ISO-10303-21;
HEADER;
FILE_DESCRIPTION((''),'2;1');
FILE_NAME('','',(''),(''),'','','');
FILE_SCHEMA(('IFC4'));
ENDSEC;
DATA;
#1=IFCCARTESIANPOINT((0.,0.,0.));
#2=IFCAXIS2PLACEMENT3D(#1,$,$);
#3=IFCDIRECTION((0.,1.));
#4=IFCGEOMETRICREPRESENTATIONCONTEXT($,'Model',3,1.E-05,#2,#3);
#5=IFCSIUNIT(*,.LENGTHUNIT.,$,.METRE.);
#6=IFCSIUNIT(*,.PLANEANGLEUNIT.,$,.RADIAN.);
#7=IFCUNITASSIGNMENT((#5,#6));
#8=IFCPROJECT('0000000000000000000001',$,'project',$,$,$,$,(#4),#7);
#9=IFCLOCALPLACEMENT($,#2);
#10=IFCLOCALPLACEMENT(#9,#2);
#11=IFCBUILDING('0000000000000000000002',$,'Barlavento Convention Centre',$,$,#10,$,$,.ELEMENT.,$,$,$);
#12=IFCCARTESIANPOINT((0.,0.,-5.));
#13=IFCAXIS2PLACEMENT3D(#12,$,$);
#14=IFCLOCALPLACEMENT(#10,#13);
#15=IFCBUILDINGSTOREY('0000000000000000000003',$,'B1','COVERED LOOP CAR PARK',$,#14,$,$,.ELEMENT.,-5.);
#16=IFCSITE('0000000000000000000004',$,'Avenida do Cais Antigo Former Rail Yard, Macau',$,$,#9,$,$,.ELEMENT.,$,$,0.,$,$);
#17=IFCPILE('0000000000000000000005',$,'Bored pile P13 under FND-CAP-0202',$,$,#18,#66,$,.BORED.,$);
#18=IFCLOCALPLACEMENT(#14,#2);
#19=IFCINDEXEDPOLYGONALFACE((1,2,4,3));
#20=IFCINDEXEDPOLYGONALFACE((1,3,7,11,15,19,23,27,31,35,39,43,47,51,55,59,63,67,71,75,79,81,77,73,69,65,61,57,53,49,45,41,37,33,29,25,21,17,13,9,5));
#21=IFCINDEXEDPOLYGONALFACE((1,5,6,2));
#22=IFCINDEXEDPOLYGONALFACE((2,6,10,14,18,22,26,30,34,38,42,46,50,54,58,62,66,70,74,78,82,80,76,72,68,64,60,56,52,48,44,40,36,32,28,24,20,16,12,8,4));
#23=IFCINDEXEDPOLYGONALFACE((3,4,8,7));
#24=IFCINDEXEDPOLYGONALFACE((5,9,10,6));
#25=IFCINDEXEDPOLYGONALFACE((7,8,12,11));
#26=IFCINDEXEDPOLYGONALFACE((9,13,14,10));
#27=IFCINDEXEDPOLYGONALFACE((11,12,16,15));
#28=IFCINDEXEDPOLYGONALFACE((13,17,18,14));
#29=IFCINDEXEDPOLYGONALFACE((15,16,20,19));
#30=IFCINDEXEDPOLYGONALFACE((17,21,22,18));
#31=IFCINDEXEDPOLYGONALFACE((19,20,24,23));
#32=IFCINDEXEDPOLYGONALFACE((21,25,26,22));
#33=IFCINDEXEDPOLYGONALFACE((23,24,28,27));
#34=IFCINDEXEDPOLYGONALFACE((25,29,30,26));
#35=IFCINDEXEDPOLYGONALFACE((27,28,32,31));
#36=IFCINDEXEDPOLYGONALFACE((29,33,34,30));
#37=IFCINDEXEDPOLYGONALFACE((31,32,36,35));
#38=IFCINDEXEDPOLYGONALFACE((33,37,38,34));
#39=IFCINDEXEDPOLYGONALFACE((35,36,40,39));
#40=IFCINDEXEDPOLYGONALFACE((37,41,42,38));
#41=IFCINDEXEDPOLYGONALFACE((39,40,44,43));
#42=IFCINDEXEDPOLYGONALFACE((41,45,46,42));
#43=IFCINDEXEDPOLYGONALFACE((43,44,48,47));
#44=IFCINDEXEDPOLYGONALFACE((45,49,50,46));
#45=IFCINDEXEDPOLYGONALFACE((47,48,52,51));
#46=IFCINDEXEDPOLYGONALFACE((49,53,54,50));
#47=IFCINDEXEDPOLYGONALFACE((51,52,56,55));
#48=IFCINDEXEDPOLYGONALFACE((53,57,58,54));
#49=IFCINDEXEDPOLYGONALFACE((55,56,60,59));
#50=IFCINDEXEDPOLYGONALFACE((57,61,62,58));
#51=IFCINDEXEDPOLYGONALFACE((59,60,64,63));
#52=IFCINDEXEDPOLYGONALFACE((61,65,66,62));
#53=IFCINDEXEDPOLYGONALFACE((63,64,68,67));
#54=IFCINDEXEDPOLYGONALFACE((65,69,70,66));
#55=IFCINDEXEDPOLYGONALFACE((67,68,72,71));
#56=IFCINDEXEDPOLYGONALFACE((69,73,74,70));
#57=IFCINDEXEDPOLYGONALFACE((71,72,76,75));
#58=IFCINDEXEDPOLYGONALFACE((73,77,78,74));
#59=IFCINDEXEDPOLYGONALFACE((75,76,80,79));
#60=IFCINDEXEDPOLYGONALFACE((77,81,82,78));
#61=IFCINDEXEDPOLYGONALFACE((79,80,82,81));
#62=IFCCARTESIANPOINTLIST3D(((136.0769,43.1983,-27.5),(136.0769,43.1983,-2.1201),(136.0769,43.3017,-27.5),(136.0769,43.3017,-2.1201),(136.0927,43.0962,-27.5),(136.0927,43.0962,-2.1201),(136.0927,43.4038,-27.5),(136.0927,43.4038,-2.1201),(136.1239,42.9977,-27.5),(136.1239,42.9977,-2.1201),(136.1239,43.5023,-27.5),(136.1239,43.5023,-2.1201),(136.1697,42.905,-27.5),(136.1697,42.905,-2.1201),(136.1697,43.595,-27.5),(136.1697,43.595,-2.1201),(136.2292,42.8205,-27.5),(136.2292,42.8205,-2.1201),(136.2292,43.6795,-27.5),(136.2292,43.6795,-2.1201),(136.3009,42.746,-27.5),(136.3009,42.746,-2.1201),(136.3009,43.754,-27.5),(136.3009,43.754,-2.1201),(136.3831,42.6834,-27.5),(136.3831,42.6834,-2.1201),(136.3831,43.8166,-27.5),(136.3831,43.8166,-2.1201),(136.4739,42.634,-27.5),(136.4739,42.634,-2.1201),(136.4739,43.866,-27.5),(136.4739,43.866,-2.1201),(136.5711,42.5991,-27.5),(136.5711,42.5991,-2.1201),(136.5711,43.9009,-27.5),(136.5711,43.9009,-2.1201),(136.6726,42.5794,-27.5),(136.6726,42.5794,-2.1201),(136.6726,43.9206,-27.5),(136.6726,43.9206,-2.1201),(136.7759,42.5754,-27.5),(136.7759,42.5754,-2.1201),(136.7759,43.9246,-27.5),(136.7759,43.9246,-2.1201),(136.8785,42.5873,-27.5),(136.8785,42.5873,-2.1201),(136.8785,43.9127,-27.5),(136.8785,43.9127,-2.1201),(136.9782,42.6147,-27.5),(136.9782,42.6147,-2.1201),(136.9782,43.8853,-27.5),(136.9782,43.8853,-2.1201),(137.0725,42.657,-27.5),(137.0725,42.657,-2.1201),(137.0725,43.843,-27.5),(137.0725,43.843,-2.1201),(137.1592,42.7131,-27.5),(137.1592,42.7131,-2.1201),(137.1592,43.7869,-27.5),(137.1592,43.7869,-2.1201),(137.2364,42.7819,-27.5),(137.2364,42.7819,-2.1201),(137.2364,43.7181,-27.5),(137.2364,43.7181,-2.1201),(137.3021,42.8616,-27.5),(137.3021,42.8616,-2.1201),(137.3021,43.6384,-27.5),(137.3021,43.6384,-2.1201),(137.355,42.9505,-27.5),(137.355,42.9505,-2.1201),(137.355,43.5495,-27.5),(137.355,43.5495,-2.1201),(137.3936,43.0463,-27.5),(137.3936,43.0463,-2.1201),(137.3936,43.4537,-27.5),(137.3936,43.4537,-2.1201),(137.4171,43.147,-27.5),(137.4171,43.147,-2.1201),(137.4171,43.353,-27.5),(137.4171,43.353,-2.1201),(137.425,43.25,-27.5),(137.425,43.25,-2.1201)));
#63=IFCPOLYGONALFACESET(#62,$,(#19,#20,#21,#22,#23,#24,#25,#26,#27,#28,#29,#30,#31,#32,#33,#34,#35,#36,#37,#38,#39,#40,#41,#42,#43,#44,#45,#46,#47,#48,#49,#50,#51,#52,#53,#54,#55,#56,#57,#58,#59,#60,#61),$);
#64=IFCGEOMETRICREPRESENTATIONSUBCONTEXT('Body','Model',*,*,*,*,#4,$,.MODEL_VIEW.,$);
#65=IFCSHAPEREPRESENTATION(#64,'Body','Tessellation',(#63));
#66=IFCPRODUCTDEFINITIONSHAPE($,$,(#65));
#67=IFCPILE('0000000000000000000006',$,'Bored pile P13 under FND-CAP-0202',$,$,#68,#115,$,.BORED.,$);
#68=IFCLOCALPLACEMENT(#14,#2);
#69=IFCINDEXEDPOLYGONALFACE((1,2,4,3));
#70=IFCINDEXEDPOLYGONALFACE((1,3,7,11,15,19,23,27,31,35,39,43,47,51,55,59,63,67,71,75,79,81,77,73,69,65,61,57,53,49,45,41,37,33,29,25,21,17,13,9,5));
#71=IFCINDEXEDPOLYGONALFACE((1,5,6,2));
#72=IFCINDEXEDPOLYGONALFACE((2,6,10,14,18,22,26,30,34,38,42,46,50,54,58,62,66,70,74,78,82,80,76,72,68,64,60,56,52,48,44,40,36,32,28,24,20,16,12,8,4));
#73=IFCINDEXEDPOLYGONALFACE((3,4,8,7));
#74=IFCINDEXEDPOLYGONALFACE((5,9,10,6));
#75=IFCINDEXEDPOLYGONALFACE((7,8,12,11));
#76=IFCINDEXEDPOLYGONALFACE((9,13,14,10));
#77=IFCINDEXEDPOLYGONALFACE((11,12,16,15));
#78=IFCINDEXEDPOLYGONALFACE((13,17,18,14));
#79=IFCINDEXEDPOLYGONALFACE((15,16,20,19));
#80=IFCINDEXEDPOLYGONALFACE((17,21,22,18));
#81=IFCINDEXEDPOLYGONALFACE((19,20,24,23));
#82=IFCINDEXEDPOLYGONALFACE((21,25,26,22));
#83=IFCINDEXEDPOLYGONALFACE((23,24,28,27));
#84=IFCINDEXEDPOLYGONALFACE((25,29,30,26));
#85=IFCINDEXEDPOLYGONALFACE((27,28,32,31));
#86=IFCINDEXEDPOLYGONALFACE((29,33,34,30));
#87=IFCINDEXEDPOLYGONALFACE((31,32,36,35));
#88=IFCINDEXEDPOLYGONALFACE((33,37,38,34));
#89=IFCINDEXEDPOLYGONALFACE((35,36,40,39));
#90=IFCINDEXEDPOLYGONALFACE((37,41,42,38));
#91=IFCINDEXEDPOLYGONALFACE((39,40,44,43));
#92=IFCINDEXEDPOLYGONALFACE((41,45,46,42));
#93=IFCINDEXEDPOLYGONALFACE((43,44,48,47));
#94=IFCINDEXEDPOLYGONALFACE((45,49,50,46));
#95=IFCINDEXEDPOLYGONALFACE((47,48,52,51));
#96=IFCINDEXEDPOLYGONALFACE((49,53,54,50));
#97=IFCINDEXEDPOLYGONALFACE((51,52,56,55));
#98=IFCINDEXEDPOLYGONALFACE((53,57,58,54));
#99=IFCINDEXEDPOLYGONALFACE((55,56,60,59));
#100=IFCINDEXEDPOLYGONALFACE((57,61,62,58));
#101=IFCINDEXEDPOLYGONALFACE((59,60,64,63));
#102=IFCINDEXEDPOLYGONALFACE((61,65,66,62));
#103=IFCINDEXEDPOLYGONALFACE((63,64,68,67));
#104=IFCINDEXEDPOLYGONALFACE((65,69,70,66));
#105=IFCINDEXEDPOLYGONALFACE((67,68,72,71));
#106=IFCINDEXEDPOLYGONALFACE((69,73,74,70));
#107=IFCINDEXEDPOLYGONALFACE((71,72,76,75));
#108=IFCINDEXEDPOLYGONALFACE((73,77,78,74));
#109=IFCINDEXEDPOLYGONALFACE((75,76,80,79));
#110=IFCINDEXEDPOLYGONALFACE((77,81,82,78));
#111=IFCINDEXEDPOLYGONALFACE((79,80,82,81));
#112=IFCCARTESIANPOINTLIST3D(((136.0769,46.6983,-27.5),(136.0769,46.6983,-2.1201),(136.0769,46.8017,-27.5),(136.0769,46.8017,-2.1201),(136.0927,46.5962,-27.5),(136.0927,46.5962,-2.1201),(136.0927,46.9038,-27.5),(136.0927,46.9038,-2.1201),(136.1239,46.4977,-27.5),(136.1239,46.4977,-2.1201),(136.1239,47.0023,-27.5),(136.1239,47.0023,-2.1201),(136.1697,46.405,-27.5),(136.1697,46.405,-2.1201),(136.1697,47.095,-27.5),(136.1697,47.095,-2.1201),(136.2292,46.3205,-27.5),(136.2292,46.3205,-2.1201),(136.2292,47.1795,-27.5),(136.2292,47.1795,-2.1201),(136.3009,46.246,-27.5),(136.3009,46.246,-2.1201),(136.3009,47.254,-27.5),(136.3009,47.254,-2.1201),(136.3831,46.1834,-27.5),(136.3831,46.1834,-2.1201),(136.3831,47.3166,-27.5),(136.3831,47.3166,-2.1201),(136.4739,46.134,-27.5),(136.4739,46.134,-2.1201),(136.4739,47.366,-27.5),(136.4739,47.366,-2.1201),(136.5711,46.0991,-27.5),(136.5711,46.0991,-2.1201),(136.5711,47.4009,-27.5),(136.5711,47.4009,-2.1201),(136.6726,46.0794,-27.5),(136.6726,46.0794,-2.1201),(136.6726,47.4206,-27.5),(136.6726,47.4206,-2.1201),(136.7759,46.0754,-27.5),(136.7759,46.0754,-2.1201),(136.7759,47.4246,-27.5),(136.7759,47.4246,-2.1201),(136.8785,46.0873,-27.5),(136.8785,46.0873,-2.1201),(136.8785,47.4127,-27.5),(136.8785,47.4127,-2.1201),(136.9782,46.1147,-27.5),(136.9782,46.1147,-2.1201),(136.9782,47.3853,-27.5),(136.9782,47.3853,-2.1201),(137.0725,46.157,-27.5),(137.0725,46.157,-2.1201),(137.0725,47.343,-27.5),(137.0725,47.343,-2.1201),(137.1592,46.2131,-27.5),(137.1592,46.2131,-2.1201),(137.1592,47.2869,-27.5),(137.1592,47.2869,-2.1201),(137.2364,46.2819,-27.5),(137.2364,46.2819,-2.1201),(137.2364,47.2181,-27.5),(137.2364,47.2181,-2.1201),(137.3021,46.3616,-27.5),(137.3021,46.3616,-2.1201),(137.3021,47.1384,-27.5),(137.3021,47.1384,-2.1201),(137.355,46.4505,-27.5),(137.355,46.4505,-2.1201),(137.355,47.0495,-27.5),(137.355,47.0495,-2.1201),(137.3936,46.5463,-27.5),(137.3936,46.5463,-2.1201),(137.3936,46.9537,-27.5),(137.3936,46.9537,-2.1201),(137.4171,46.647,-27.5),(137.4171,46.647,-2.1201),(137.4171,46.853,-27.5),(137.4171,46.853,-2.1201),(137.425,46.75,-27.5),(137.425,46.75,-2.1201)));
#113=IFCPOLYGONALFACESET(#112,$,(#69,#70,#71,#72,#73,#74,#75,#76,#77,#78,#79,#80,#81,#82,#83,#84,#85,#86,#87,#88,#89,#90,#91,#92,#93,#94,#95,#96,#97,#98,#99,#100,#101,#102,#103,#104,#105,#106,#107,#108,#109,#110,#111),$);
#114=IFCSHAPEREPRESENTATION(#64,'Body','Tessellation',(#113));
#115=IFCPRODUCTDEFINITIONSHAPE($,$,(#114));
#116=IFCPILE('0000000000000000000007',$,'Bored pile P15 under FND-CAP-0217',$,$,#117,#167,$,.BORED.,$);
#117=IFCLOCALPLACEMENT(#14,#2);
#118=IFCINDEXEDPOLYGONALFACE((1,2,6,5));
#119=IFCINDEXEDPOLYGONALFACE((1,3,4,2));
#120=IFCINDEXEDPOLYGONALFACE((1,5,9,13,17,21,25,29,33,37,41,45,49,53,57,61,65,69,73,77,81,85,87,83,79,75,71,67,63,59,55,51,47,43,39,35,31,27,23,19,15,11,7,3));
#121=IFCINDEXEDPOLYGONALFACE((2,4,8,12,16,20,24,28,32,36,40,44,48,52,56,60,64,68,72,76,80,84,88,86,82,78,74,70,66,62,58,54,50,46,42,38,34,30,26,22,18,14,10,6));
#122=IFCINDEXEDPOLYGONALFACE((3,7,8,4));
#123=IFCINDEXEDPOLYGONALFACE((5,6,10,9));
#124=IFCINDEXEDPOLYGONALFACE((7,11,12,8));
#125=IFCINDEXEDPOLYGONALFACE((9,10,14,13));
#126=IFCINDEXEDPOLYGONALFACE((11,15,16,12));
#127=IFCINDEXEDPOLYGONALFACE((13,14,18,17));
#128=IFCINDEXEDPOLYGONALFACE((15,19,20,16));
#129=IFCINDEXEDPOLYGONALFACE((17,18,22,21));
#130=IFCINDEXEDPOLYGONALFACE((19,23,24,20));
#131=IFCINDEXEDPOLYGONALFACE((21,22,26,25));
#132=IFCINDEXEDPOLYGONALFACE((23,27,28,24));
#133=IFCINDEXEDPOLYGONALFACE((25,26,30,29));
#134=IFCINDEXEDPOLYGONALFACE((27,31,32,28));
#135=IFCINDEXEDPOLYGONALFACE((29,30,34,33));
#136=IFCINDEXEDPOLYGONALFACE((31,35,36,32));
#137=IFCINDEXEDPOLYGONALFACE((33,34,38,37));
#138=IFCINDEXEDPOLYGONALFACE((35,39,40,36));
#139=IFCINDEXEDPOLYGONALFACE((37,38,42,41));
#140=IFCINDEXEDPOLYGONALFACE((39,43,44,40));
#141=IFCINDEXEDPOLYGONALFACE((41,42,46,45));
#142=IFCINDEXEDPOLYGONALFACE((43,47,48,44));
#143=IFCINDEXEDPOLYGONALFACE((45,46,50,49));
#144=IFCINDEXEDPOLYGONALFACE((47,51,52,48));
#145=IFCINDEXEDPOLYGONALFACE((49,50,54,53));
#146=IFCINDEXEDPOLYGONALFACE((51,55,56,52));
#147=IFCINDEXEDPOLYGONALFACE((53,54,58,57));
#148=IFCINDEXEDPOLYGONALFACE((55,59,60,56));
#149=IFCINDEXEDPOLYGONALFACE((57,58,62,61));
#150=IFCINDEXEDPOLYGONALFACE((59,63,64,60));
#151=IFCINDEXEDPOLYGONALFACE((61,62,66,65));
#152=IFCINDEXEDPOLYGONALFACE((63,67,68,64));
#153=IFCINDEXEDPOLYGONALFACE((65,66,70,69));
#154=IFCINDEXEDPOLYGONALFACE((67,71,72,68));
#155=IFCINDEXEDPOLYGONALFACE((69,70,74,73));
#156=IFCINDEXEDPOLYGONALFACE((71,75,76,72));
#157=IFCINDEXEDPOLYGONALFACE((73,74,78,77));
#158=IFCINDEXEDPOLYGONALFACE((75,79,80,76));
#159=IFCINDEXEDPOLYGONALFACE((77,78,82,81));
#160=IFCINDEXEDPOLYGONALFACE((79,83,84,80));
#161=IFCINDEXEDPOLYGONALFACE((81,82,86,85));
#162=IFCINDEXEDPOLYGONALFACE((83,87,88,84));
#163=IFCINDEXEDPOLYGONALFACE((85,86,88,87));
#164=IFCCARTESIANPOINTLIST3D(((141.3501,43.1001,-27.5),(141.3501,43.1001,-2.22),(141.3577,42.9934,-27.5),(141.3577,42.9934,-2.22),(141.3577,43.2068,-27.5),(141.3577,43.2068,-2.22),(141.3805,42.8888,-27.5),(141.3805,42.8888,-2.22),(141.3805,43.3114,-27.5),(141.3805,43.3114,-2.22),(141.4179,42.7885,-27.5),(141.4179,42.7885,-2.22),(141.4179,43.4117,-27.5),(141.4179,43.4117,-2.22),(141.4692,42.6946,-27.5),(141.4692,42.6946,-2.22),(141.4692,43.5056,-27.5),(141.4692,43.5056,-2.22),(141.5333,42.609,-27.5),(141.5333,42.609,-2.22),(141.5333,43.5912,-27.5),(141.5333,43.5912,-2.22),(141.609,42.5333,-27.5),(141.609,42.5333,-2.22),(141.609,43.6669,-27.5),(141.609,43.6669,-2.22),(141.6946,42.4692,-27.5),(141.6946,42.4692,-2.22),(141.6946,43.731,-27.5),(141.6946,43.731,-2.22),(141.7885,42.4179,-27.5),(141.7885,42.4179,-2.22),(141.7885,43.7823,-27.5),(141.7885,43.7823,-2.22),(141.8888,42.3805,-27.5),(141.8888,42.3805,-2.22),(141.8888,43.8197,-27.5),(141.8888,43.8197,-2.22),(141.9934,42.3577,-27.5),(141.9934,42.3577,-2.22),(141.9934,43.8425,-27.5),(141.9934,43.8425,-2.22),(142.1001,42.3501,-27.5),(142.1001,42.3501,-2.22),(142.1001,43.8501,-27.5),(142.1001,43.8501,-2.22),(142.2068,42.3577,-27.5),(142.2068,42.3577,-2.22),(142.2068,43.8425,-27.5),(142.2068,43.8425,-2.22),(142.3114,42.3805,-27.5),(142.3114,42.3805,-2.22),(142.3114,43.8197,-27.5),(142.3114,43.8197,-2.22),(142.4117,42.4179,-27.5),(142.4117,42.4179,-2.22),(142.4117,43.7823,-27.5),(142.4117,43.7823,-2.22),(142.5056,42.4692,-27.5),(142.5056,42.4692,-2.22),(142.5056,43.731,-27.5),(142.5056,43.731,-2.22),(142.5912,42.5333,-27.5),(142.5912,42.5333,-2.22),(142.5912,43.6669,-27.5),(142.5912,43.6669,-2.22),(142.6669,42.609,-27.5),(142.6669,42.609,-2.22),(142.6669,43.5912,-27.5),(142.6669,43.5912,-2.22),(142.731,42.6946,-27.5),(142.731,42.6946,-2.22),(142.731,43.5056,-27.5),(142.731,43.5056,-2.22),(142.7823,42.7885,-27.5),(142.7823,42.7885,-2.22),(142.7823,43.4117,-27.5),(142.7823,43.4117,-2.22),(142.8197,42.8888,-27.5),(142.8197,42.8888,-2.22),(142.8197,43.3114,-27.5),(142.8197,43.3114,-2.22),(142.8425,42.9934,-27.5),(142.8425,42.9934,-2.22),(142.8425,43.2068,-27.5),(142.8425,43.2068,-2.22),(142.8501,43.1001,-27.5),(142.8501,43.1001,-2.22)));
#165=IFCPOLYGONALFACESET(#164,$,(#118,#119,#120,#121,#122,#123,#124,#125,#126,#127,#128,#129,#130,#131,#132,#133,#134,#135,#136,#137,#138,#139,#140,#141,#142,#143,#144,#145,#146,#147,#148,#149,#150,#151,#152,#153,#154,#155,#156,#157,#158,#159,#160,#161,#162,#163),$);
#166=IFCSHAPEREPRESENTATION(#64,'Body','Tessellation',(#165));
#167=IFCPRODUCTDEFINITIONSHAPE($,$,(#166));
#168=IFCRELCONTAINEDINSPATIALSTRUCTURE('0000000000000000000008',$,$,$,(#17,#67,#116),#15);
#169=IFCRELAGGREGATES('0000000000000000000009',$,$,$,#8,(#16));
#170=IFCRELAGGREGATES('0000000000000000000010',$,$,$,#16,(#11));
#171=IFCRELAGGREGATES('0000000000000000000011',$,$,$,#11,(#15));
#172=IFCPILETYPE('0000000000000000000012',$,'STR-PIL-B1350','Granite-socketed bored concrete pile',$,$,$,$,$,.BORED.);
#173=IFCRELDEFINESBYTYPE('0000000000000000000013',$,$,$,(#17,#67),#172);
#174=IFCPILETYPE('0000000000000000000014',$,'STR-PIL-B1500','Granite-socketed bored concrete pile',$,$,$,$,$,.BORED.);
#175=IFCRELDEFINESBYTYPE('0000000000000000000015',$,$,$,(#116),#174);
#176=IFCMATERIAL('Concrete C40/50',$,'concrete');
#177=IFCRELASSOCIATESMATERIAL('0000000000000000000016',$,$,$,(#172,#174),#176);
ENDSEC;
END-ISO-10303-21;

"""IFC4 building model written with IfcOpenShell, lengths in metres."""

from ifc_helpers import new_model, si_unit, direction, frame, origin, origin_2d, place, context, subcontext, project, spatial, circle, extrude, material, material_profile, profile_set, type_object, element, save


model = new_model("IFC4")

# Units and contexts
model_context = context("Model", 3, precision=1e-05, world=origin(), true_north=direction((0.0, 1.0)))
body_context = subcontext(model_context, "Body", "Model", "MODEL_VIEW")
ifc_project = project(units=[si_unit("LENGTHUNIT", "METRE"), si_unit("PLANEANGLEUNIT", "RADIAN")], contexts=[model_context])

# Site, building, storey
site_placement = place(None, origin())
site = spatial("IfcSite", under=ifc_project, at=site_placement, Name="Avenida do Cais Antigo Former Rail Yard, Macau", CompositionType="ELEMENT", RefElevation=0.0)
building_placement = place(site_placement, origin())
building = spatial("IfcBuilding", under=site, at=building_placement, Name="Barlavento Convention Centre", CompositionType="ELEMENT")
storey_placement = place(building_placement, frame((0.0, 0.0, -5.0)))
storey = spatial("IfcBuildingStorey", under=building, at=storey_placement, Name="B1", Description="COVERED LOOP CAR PARK", CompositionType="ELEMENT", Elevation=-5.0)

# Shared definitions
ifc_material_1 = material(Name="Concrete C40/50", Category="concrete")

# Piles
ifc_material_profile_1 = material_profile(ifc_material_1, circle(Radius=0.675, at=origin_2d()), Name="BORED PILE 1350")
ifc_profile_set_1 = profile_set([ifc_material_profile_1], Name="Concrete C40/50")
pile_type_1 = type_object("IfcPileType", Name="STR-PIL-B1350", Description="Granite-socketed bored concrete pile", PredefinedType="BORED", material=ifc_profile_set_1)
for number, where, z_axis, x_axis, name in (
    (1, (136.75, 43.25, -2.1201), (0.0, 0.0, -1.0), (1.0, 0.0, 0.0), "Bored pile P13 under FND-CAP-0202"),
    (2, (136.75, 46.75, -2.1201), (0.0, 0.0, -1.0), (1.0, 0.0, 0.0), "Bored pile P13 under FND-CAP-0202"),
):
    element("IfcPile", number, at=place(storey_placement, frame(where, z_axis=z_axis, x_axis=x_axis)), inside=storey, type_object=pile_type_1, Name=name, PredefinedType="BORED", context=body_context, shape_type="SweptSolid", body=[
        extrude(circle(Radius=0.675, at=origin_2d()), origin(), (0.0, 0.0, 1.0), 25.3799),
    ])
ifc_material_profile_2 = material_profile(ifc_material_1, circle(Radius=0.75, at=origin_2d()), Name="BORED PILE 1500")
ifc_profile_set_2 = profile_set([ifc_material_profile_2], Name="Concrete C40/50")
pile_type_2 = type_object("IfcPileType", Name="STR-PIL-B1500", Description="Granite-socketed bored concrete pile", PredefinedType="BORED", material=ifc_profile_set_2)
for number, where, z_axis, x_axis, name in (
    (3, (142.1001, 43.1001, -2.22), (0.0, 0.0, -1.0), (1.0, 0.0, 0.0), "Bored pile P15 under FND-CAP-0217"),
):
    element("IfcPile", number, at=place(storey_placement, frame(where, z_axis=z_axis, x_axis=x_axis)), inside=storey, type_object=pile_type_2, Name=name, PredefinedType="BORED", context=body_context, shape_type="SweptSolid", body=[
        extrude(circle(Radius=0.75, at=origin_2d()), origin(), (0.0, 0.0, 1.0), 25.28),
    ])

save(model, "model.ifc")
